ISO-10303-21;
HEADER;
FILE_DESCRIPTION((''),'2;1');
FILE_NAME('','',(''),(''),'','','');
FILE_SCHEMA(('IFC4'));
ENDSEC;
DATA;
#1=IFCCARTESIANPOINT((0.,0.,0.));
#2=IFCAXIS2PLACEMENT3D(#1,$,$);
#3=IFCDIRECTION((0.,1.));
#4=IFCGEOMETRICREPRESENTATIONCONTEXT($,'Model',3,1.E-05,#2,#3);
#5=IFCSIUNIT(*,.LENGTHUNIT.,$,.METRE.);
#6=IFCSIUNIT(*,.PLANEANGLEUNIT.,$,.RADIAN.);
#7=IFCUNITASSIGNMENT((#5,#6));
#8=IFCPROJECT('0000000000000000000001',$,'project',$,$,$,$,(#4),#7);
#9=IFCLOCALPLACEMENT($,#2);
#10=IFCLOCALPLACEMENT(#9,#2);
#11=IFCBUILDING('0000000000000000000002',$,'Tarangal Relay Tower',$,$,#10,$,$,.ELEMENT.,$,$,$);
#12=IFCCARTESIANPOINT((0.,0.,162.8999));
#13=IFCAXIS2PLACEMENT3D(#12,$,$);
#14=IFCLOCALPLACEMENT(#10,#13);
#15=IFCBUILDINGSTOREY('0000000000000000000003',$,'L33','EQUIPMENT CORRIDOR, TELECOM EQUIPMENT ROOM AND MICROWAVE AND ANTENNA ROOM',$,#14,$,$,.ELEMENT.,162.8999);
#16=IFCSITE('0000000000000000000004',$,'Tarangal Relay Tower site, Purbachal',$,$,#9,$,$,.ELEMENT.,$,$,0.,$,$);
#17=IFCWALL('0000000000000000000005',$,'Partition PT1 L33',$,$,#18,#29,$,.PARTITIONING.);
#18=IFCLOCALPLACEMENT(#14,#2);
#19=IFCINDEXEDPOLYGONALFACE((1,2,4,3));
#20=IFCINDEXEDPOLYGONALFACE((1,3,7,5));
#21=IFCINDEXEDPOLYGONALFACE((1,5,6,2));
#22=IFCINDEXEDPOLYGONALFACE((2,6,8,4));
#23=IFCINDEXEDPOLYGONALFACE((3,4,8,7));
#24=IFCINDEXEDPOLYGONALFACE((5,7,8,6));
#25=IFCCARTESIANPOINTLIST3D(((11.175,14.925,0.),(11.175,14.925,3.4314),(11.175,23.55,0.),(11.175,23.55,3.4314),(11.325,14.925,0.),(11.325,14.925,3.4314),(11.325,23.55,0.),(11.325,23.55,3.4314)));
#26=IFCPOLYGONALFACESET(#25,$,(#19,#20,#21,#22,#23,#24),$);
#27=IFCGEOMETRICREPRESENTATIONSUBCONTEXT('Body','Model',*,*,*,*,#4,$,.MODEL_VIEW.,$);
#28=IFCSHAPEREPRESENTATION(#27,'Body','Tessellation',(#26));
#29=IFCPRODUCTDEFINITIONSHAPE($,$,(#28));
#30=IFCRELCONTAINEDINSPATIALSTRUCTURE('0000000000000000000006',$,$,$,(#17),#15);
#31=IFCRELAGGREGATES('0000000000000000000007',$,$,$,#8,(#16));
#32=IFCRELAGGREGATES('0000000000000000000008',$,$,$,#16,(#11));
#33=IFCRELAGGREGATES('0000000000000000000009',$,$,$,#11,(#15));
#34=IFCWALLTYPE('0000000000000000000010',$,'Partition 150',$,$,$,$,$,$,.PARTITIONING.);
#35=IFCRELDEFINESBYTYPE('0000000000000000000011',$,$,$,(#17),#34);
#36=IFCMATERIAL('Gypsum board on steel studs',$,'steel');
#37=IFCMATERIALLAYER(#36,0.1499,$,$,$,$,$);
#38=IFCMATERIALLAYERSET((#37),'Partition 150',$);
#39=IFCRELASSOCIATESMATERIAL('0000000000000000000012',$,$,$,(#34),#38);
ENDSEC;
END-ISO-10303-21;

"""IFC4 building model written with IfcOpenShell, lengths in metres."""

from ifc_helpers import new_model, si_unit, direction, frame, frame_2d, origin, place, context, subcontext, project, spatial, rectangle, extrude, material, layer, layer_set, type_object, element, save


model = new_model("IFC4")

# Units and contexts
model_context = context("Model", 3, precision=1e-05, world=origin(), true_north=direction((0.0, 1.0)))
body_context = subcontext(model_context, "Body", "Model", "MODEL_VIEW")
ifc_project = project(units=[si_unit("LENGTHUNIT", "METRE"), si_unit("PLANEANGLEUNIT", "RADIAN")], contexts=[model_context])

# Site, building, storey
site_placement = place(None, origin())
site = spatial("IfcSite", under=ifc_project, at=site_placement, Name="Tarangal Relay Tower site, Purbachal", CompositionType="ELEMENT", RefElevation=0.0)
building_placement = place(site_placement, origin())
building = spatial("IfcBuilding", under=site, at=building_placement, Name="Tarangal Relay Tower", CompositionType="ELEMENT")
storey_placement = place(building_placement, frame((0.0, 0.0, 162.8999)))
storey = spatial("IfcBuildingStorey", under=building, at=storey_placement, Name="L33", Description="EQUIPMENT CORRIDOR, TELECOM EQUIPMENT ROOM AND MICROWAVE AND ANTENNA ROOM", CompositionType="ELEMENT", Elevation=162.8999)

# Wall
ifc_material_1 = material(Name="Gypsum board on steel studs", Category="steel")
ifc_layer_1 = layer(ifc_material_1, 0.1499)
ifc_layer_set_1 = layer_set([ifc_layer_1], Name="Partition 150")
wall_type_1 = type_object("IfcWallType", Name="Partition 150", PredefinedType="PARTITIONING", material=ifc_layer_set_1)
wall_1_placement = place(storey_placement, frame((11.25, 14.925, 0.0), z_axis=(0.0, 0.0, 1.0), x_axis=(0.0, 1.0, 0.0)))
element("IfcWall", 1, at=wall_1_placement, inside=storey, type_object=wall_type_1, Name="Partition PT1 L33", PredefinedType="PARTITIONING", context=body_context, shape_type="SweptSolid", body=[
    extrude(rectangle(XDim=8.625, YDim=0.1499, at=frame_2d((4.3125, 0.0))), origin(), (0.0, 0.0, 1.0), 3.4314),
])

save(model, "model.ifc")
